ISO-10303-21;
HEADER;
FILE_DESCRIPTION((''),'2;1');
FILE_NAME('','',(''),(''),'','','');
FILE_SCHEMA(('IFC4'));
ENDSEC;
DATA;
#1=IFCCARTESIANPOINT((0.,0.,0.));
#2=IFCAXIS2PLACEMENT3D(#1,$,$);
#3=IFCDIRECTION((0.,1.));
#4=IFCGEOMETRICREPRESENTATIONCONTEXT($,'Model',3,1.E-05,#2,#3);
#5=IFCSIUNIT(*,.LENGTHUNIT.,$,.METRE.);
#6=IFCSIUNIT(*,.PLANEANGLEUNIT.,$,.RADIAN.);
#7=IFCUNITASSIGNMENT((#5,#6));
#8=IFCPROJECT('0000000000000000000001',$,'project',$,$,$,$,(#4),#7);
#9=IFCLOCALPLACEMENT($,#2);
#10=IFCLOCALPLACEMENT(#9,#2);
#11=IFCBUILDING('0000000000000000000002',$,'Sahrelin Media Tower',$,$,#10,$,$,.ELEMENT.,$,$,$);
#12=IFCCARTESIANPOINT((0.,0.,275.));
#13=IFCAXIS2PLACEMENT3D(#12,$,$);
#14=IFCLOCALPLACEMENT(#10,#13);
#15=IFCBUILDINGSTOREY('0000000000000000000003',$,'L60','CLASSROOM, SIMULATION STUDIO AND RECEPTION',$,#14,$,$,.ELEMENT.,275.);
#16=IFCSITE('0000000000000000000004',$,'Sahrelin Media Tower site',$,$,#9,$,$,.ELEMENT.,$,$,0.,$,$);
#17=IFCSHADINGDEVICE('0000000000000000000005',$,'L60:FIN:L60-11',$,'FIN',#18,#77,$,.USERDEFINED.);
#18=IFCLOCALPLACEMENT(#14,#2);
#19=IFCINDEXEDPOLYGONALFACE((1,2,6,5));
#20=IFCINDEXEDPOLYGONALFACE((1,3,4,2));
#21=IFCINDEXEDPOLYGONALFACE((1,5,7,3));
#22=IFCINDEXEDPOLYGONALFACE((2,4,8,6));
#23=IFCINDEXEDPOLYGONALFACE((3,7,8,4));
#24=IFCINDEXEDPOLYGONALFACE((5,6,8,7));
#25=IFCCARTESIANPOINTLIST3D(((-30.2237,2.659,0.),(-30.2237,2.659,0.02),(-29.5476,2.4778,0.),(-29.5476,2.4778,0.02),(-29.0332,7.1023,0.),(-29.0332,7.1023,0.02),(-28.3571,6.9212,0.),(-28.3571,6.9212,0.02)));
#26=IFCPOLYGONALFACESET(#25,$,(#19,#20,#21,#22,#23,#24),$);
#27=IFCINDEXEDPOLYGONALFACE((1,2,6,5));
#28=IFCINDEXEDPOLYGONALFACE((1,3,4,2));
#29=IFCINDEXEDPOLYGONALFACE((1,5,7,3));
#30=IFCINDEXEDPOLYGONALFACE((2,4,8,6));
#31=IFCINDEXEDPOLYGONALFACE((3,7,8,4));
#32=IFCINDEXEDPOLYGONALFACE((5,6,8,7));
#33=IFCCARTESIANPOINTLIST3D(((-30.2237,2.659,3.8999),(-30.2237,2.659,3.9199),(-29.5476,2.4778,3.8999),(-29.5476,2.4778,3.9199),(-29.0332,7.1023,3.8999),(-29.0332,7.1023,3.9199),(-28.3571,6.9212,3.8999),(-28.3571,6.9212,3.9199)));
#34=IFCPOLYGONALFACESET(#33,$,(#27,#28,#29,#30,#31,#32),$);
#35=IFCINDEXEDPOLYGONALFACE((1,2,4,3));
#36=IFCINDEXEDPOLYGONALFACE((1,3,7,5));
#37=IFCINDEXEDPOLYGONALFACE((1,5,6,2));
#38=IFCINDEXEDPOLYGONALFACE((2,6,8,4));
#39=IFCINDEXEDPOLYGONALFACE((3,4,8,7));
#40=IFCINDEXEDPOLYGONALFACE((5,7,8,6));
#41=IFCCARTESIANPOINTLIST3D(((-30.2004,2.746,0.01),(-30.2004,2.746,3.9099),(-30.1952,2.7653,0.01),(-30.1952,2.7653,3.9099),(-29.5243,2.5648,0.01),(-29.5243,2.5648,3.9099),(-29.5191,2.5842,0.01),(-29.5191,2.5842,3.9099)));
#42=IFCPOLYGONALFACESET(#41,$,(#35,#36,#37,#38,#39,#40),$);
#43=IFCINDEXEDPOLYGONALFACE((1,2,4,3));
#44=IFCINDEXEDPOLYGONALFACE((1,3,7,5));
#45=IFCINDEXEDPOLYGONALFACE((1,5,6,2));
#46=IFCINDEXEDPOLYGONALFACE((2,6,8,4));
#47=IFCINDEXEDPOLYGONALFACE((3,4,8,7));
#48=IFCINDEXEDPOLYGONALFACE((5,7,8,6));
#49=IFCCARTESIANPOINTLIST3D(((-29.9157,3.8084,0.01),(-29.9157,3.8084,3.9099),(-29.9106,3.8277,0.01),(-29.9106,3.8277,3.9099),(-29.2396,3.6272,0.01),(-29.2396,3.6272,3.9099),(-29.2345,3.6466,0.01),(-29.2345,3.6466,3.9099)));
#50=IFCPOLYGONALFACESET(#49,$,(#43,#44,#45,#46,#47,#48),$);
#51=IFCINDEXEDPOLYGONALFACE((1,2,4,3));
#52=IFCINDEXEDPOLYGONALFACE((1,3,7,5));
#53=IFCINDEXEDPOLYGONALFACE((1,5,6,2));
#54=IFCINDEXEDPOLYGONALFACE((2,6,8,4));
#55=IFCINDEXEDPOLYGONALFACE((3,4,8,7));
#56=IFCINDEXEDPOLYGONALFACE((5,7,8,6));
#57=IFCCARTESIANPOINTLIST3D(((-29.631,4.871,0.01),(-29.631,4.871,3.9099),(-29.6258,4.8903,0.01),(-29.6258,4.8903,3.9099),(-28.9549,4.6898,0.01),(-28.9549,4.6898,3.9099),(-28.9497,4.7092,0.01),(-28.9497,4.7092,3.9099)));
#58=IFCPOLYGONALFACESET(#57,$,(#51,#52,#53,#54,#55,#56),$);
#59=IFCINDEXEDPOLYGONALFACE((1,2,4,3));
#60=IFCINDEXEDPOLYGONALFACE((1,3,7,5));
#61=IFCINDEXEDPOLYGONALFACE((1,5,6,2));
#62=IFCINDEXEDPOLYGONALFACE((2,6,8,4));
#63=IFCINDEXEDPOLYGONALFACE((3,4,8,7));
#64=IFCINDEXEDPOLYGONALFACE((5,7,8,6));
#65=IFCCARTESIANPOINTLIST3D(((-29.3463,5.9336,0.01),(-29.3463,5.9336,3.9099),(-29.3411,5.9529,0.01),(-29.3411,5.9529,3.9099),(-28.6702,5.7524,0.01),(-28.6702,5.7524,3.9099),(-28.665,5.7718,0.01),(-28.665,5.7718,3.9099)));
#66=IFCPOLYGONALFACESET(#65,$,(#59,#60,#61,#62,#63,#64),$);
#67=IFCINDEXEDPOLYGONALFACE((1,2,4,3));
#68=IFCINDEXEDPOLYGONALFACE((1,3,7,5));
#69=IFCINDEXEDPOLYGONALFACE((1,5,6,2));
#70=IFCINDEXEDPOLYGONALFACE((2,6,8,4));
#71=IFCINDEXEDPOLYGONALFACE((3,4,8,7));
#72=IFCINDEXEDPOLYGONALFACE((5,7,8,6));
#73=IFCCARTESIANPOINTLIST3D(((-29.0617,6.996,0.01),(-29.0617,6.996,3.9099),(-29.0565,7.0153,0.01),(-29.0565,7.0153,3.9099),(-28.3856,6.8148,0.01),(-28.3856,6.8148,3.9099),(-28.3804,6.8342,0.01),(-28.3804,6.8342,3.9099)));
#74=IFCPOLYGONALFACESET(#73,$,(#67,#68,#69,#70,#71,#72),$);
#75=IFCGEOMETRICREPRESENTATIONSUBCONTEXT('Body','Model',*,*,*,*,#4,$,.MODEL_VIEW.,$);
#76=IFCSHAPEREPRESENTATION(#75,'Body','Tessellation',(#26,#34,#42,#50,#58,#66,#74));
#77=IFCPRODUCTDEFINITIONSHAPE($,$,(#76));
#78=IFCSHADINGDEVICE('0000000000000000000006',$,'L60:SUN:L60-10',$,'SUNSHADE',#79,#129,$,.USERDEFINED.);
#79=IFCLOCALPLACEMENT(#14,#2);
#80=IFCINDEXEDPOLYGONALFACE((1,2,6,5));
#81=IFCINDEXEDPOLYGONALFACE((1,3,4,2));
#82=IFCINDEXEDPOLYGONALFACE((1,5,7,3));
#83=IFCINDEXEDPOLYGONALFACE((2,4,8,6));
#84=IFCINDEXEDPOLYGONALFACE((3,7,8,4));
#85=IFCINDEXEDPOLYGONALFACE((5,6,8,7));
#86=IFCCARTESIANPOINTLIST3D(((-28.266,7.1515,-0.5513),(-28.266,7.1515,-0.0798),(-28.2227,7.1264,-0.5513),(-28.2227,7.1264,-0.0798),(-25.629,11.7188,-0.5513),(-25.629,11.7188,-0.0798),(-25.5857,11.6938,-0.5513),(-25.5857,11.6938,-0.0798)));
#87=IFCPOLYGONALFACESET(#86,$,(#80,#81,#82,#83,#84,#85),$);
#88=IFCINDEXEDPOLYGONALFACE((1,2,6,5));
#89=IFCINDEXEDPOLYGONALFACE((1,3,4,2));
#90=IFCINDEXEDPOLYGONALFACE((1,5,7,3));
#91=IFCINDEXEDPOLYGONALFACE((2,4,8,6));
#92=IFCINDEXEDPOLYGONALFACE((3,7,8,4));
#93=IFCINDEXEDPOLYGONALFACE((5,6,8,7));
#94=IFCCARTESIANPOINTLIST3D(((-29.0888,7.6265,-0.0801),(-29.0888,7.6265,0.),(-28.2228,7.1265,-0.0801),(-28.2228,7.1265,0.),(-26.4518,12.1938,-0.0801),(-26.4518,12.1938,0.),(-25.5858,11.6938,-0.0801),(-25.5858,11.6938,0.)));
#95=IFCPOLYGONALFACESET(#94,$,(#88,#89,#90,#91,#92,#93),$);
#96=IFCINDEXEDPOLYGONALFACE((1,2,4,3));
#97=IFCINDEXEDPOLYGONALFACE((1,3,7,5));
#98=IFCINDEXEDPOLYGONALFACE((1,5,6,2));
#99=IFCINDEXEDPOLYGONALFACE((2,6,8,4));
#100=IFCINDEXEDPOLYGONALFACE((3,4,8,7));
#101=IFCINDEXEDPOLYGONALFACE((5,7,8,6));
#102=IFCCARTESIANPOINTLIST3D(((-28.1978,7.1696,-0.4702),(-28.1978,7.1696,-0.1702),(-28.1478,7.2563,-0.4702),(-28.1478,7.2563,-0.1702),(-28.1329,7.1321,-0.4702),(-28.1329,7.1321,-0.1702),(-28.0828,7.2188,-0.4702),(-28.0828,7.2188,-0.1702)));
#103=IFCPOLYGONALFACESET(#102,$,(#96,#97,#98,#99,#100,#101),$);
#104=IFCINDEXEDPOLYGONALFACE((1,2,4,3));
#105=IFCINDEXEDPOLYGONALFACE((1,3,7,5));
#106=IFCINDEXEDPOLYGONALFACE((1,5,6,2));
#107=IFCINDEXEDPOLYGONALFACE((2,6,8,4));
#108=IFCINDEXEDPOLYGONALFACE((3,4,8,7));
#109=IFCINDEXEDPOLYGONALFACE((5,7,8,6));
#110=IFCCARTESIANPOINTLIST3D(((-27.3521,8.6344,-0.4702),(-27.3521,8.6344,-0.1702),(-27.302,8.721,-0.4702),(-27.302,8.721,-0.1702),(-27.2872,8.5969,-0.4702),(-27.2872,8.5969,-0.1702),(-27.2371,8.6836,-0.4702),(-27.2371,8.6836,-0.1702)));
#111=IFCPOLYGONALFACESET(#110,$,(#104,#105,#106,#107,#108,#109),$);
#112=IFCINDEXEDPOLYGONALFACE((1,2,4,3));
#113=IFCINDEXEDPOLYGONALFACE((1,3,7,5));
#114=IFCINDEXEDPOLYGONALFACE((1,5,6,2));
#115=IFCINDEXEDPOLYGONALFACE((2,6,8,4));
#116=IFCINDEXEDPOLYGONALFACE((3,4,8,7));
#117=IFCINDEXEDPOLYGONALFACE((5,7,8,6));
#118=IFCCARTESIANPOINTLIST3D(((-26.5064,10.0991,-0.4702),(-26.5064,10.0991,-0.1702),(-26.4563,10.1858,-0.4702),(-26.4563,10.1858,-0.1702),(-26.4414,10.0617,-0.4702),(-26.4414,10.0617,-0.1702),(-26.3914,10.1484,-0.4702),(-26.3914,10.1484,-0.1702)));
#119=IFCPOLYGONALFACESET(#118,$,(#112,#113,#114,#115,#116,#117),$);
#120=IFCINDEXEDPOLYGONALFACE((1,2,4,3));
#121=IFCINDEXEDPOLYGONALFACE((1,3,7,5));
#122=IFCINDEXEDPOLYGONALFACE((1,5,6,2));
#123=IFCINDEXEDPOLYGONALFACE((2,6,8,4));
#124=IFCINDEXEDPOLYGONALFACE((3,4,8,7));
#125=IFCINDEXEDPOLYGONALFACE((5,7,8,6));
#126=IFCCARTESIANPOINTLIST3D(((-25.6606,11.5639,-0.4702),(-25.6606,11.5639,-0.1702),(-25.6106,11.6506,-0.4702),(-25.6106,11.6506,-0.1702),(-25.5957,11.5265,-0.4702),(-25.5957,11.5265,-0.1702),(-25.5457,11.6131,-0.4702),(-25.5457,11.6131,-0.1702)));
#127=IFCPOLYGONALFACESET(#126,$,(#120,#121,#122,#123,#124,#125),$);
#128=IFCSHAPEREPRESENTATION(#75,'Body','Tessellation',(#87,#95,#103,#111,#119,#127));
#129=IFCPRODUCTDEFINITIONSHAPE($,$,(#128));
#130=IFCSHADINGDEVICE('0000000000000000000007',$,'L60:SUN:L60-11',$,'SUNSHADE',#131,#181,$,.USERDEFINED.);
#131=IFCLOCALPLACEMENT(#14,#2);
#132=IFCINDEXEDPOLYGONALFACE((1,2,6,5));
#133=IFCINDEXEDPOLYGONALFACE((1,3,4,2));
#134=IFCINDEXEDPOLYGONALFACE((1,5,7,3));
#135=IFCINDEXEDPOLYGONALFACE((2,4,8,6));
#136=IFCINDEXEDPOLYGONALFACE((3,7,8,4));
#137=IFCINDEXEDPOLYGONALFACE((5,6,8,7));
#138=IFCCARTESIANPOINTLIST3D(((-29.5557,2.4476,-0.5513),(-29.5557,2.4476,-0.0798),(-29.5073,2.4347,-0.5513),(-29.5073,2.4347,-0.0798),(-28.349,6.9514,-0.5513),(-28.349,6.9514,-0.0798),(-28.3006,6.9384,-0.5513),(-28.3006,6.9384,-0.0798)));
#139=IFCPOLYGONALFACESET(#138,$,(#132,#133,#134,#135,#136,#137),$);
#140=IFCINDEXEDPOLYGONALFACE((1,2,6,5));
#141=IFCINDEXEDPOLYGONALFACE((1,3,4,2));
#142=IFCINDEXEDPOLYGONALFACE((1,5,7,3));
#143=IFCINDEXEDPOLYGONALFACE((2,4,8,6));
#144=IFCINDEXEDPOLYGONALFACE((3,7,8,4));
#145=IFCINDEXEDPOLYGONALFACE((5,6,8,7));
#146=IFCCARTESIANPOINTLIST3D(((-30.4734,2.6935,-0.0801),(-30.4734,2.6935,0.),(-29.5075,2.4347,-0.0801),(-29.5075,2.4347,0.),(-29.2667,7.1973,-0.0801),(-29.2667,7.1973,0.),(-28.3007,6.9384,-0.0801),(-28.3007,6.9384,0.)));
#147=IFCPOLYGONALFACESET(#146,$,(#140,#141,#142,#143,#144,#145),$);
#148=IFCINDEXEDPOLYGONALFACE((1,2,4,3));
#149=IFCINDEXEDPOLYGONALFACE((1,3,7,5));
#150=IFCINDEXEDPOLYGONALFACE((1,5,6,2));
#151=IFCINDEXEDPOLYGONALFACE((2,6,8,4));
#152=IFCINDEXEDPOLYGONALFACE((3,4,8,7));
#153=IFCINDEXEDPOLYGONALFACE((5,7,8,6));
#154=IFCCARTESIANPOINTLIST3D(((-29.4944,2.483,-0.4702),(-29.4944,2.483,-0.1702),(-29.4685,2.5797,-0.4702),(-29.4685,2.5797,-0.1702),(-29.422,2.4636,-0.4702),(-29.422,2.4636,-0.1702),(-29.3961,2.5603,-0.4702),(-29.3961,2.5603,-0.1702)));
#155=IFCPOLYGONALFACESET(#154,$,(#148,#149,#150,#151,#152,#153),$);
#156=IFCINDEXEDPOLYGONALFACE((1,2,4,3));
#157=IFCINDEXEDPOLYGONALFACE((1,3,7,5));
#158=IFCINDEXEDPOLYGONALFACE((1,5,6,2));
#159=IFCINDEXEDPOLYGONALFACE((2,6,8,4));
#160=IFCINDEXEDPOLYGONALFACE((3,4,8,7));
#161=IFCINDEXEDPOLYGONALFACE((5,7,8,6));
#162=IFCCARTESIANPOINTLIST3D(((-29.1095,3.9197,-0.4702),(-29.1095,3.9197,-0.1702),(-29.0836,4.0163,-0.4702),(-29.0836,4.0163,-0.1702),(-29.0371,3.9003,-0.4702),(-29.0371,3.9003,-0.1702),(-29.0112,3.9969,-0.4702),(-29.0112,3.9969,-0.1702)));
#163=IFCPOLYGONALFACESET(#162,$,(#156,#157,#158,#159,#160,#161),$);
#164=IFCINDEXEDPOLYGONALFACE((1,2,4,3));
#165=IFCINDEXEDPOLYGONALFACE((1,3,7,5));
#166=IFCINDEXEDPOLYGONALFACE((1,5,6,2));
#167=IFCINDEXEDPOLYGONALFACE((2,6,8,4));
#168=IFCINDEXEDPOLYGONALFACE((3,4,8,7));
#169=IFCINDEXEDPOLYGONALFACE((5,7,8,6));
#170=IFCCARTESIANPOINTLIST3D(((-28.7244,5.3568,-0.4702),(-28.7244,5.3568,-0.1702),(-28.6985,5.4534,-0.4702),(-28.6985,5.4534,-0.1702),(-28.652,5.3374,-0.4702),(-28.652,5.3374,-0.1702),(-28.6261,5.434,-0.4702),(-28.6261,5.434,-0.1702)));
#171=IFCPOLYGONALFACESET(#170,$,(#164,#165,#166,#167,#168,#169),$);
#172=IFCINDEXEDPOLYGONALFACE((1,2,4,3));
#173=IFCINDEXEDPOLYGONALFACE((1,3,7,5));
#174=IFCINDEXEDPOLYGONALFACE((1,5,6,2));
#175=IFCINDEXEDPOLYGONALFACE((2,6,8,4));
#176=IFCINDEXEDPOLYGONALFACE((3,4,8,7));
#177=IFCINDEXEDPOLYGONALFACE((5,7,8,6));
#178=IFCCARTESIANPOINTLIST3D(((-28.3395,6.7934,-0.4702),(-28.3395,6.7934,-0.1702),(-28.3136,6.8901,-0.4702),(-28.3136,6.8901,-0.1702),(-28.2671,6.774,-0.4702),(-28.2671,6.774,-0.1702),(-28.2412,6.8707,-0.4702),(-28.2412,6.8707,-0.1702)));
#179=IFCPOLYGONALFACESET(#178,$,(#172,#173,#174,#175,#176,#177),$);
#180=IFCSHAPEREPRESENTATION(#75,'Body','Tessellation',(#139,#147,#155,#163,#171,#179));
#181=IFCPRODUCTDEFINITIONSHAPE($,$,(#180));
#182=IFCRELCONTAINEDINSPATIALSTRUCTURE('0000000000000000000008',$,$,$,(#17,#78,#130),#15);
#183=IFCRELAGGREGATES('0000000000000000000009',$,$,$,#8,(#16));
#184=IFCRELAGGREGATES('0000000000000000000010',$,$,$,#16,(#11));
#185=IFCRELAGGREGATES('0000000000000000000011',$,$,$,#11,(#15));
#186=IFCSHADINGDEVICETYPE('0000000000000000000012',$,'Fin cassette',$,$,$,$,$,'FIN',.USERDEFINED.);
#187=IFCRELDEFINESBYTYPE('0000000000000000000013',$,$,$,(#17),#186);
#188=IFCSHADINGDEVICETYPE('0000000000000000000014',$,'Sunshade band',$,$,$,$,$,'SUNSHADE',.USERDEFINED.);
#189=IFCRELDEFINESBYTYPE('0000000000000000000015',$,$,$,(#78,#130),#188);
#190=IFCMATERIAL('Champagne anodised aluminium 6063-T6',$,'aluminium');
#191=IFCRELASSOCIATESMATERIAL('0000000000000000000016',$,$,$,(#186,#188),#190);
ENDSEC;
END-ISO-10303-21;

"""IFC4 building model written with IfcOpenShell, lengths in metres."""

from ifc_helpers import new_model, si_unit, direction, frame, origin, origin_2d, place, context, subcontext, project, spatial, rectangle, extrude, material, type_object, element, save


model = new_model("IFC4")

# Units and contexts
model_context = context("Model", 3, precision=1e-05, world=origin(), true_north=direction((0.0, 1.0)))
body_context = subcontext(model_context, "Body", "Model", "MODEL_VIEW")
ifc_project = project(units=[si_unit("LENGTHUNIT", "METRE"), si_unit("PLANEANGLEUNIT", "RADIAN")], contexts=[model_context])

# Site, building, storey
site_placement = place(None, origin())
site = spatial("IfcSite", under=ifc_project, at=site_placement, Name="Sahrelin Media Tower site", CompositionType="ELEMENT", RefElevation=0.0)
building_placement = place(site_placement, origin())
building = spatial("IfcBuilding", under=site, at=building_placement, Name="Sahrelin Media Tower", CompositionType="ELEMENT")
storey_placement = place(building_placement, frame((0.0, 0.0, 275.0)))
storey = spatial("IfcBuildingStorey", under=building, at=storey_placement, Name="L60", Description="CLASSROOM, SIMULATION STUDIO AND RECEPTION", CompositionType="ELEMENT", Elevation=275.0)

# Shared definitions
ifc_material_1 = material(Name="Champagne anodised aluminium 6063-T6", Category="aluminium")

# Shading devices
shading_device_type_1 = type_object("IfcShadingDeviceType", Name="Fin cassette", ElementType="FIN", PredefinedType="USERDEFINED", material=ifc_material_1)
placement_1 = place(storey_placement, frame((-26.887, 9.4001, 0.0), z_axis=(0.0, 0.0, 1.0), x_axis=(0.500011, 0.866019, 0.0)))
placement_2 = place(storey_placement, frame((-28.8848, 4.6814, 0.0), z_axis=(0.0, 0.0, 1.0), x_axis=(0.258808, 0.965929, 0.0)))
element("IfcShadingDevice", 1, at=placement_2, inside=storey, type_object=shading_device_type_1, Name="L60:FIN:L60-11", ObjectType="FIN", PredefinedType="USERDEFINED", context=body_context, shape_type="SweptSolid", body=[
    extrude(rectangle(XDim=4.6001, YDim=0.7, at=origin_2d()), frame((0.0, 0.4199, 0.0)), (0.0, 0.0, 1.0), 0.02),
    extrude(rectangle(XDim=4.6001, YDim=0.7, at=origin_2d()), frame((0.0, 0.4199, 3.8999)), (0.0, 0.0, 1.0), 0.02),
    extrude(rectangle(XDim=0.02, YDim=0.7, at=origin_2d()), frame((-2.2, 0.4199, 0.01), z_axis=(0.0, 0.0, 1.0), x_axis=(1.0, 0.0, 0.0)), (0.0, 0.0, 1.0), 3.8999),
    extrude(rectangle(XDim=0.02, YDim=0.7, at=origin_2d()), frame((-1.1001, 0.4199, 0.01), z_axis=(0.0, 0.0, 1.0), x_axis=(1.0, 0.0, 0.0)), (0.0, 0.0, 1.0), 3.8999),
    extrude(rectangle(XDim=0.02, YDim=0.7, at=origin_2d()), frame((0.0, 0.4199, 0.01), z_axis=(0.0, 0.0, 1.0), x_axis=(1.0, 0.0, 0.0)), (0.0, 0.0, 1.0), 3.8999),
    extrude(rectangle(XDim=0.02, YDim=0.7, at=origin_2d()), frame((1.1001, 0.4199, 0.01), z_axis=(0.0, 0.0, 1.0), x_axis=(1.0, 0.0, 0.0)), (0.0, 0.0, 1.0), 3.8999),
    extrude(rectangle(XDim=0.02, YDim=0.7, at=origin_2d()), frame((2.2, 0.4199, 0.01), z_axis=(0.0, 0.0, 1.0), x_axis=(1.0, 0.0, 0.0)), (0.0, 0.0, 1.0), 3.8999),
])
shading_device_type_2 = type_object("IfcShadingDeviceType", Name="Sunshade band", ElementType="SUNSHADE", PredefinedType="USERDEFINED", material=ifc_material_1)
element("IfcShadingDevice", 2, at=placement_1, inside=storey, type_object=shading_device_type_2, Name="L60:SUN:L60-10", ObjectType="SUNSHADE", PredefinedType="USERDEFINED", context=body_context, shape_type="SweptSolid", body=[
    extrude(rectangle(XDim=5.2739, YDim=0.05, at=origin_2d()), frame((0.0, 0.0449, -0.5513)), (0.0, 0.0, 1.0), 0.4714),
    extrude(rectangle(XDim=5.2739, YDim=1.0, at=origin_2d()), frame((0.0, 0.52, -0.0801)), (0.0, 0.0, 1.0), 0.0801),
    extrude(rectangle(XDim=0.1001, YDim=0.075, at=origin_2d()), frame((-2.5371, -0.0176, -0.4702)), (0.0, 0.0, 1.0), 0.3),
    extrude(rectangle(XDim=0.1001, YDim=0.075, at=origin_2d()), frame((-0.8457, -0.0176, -0.4702)), (0.0, 0.0, 1.0), 0.3),
    extrude(rectangle(XDim=0.1001, YDim=0.075, at=origin_2d()), frame((0.8457, -0.0176, -0.4702)), (0.0, 0.0, 1.0), 0.3),
    extrude(rectangle(XDim=0.1001, YDim=0.075, at=origin_2d()), frame((2.5371, -0.0176, -0.4702)), (0.0, 0.0, 1.0), 0.3),
])
element("IfcShadingDevice", 3, at=placement_2, inside=storey, type_object=shading_device_type_2, Name="L60:SUN:L60-11", ObjectType="SUNSHADE", PredefinedType="USERDEFINED", context=body_context, shape_type="SweptSolid", body=[
    extrude(rectangle(XDim=4.6626, YDim=0.05, at=origin_2d()), frame((0.0, 0.0449, -0.5513)), (0.0, 0.0, 1.0), 0.4714),
    extrude(rectangle(XDim=4.6626, YDim=1.0, at=origin_2d()), frame((0.0, 0.52, -0.0801)), (0.0, 0.0, 1.0), 0.0801),
    extrude(rectangle(XDim=0.1001, YDim=0.075, at=origin_2d()), frame((-2.2312, -0.0176, -0.4702)), (0.0, 0.0, 1.0), 0.3),
    extrude(rectangle(XDim=0.1001, YDim=0.075, at=origin_2d()), frame((-0.7439, -0.0176, -0.4702)), (0.0, 0.0, 1.0), 0.3),
    extrude(rectangle(XDim=0.1001, YDim=0.075, at=origin_2d()), frame((0.7439, -0.0176, -0.4702)), (0.0, 0.0, 1.0), 0.3),
    extrude(rectangle(XDim=0.1001, YDim=0.075, at=origin_2d()), frame((2.2312, -0.0176, -0.4702)), (0.0, 0.0, 1.0), 0.3),
])

save(model, "model.ifc")
